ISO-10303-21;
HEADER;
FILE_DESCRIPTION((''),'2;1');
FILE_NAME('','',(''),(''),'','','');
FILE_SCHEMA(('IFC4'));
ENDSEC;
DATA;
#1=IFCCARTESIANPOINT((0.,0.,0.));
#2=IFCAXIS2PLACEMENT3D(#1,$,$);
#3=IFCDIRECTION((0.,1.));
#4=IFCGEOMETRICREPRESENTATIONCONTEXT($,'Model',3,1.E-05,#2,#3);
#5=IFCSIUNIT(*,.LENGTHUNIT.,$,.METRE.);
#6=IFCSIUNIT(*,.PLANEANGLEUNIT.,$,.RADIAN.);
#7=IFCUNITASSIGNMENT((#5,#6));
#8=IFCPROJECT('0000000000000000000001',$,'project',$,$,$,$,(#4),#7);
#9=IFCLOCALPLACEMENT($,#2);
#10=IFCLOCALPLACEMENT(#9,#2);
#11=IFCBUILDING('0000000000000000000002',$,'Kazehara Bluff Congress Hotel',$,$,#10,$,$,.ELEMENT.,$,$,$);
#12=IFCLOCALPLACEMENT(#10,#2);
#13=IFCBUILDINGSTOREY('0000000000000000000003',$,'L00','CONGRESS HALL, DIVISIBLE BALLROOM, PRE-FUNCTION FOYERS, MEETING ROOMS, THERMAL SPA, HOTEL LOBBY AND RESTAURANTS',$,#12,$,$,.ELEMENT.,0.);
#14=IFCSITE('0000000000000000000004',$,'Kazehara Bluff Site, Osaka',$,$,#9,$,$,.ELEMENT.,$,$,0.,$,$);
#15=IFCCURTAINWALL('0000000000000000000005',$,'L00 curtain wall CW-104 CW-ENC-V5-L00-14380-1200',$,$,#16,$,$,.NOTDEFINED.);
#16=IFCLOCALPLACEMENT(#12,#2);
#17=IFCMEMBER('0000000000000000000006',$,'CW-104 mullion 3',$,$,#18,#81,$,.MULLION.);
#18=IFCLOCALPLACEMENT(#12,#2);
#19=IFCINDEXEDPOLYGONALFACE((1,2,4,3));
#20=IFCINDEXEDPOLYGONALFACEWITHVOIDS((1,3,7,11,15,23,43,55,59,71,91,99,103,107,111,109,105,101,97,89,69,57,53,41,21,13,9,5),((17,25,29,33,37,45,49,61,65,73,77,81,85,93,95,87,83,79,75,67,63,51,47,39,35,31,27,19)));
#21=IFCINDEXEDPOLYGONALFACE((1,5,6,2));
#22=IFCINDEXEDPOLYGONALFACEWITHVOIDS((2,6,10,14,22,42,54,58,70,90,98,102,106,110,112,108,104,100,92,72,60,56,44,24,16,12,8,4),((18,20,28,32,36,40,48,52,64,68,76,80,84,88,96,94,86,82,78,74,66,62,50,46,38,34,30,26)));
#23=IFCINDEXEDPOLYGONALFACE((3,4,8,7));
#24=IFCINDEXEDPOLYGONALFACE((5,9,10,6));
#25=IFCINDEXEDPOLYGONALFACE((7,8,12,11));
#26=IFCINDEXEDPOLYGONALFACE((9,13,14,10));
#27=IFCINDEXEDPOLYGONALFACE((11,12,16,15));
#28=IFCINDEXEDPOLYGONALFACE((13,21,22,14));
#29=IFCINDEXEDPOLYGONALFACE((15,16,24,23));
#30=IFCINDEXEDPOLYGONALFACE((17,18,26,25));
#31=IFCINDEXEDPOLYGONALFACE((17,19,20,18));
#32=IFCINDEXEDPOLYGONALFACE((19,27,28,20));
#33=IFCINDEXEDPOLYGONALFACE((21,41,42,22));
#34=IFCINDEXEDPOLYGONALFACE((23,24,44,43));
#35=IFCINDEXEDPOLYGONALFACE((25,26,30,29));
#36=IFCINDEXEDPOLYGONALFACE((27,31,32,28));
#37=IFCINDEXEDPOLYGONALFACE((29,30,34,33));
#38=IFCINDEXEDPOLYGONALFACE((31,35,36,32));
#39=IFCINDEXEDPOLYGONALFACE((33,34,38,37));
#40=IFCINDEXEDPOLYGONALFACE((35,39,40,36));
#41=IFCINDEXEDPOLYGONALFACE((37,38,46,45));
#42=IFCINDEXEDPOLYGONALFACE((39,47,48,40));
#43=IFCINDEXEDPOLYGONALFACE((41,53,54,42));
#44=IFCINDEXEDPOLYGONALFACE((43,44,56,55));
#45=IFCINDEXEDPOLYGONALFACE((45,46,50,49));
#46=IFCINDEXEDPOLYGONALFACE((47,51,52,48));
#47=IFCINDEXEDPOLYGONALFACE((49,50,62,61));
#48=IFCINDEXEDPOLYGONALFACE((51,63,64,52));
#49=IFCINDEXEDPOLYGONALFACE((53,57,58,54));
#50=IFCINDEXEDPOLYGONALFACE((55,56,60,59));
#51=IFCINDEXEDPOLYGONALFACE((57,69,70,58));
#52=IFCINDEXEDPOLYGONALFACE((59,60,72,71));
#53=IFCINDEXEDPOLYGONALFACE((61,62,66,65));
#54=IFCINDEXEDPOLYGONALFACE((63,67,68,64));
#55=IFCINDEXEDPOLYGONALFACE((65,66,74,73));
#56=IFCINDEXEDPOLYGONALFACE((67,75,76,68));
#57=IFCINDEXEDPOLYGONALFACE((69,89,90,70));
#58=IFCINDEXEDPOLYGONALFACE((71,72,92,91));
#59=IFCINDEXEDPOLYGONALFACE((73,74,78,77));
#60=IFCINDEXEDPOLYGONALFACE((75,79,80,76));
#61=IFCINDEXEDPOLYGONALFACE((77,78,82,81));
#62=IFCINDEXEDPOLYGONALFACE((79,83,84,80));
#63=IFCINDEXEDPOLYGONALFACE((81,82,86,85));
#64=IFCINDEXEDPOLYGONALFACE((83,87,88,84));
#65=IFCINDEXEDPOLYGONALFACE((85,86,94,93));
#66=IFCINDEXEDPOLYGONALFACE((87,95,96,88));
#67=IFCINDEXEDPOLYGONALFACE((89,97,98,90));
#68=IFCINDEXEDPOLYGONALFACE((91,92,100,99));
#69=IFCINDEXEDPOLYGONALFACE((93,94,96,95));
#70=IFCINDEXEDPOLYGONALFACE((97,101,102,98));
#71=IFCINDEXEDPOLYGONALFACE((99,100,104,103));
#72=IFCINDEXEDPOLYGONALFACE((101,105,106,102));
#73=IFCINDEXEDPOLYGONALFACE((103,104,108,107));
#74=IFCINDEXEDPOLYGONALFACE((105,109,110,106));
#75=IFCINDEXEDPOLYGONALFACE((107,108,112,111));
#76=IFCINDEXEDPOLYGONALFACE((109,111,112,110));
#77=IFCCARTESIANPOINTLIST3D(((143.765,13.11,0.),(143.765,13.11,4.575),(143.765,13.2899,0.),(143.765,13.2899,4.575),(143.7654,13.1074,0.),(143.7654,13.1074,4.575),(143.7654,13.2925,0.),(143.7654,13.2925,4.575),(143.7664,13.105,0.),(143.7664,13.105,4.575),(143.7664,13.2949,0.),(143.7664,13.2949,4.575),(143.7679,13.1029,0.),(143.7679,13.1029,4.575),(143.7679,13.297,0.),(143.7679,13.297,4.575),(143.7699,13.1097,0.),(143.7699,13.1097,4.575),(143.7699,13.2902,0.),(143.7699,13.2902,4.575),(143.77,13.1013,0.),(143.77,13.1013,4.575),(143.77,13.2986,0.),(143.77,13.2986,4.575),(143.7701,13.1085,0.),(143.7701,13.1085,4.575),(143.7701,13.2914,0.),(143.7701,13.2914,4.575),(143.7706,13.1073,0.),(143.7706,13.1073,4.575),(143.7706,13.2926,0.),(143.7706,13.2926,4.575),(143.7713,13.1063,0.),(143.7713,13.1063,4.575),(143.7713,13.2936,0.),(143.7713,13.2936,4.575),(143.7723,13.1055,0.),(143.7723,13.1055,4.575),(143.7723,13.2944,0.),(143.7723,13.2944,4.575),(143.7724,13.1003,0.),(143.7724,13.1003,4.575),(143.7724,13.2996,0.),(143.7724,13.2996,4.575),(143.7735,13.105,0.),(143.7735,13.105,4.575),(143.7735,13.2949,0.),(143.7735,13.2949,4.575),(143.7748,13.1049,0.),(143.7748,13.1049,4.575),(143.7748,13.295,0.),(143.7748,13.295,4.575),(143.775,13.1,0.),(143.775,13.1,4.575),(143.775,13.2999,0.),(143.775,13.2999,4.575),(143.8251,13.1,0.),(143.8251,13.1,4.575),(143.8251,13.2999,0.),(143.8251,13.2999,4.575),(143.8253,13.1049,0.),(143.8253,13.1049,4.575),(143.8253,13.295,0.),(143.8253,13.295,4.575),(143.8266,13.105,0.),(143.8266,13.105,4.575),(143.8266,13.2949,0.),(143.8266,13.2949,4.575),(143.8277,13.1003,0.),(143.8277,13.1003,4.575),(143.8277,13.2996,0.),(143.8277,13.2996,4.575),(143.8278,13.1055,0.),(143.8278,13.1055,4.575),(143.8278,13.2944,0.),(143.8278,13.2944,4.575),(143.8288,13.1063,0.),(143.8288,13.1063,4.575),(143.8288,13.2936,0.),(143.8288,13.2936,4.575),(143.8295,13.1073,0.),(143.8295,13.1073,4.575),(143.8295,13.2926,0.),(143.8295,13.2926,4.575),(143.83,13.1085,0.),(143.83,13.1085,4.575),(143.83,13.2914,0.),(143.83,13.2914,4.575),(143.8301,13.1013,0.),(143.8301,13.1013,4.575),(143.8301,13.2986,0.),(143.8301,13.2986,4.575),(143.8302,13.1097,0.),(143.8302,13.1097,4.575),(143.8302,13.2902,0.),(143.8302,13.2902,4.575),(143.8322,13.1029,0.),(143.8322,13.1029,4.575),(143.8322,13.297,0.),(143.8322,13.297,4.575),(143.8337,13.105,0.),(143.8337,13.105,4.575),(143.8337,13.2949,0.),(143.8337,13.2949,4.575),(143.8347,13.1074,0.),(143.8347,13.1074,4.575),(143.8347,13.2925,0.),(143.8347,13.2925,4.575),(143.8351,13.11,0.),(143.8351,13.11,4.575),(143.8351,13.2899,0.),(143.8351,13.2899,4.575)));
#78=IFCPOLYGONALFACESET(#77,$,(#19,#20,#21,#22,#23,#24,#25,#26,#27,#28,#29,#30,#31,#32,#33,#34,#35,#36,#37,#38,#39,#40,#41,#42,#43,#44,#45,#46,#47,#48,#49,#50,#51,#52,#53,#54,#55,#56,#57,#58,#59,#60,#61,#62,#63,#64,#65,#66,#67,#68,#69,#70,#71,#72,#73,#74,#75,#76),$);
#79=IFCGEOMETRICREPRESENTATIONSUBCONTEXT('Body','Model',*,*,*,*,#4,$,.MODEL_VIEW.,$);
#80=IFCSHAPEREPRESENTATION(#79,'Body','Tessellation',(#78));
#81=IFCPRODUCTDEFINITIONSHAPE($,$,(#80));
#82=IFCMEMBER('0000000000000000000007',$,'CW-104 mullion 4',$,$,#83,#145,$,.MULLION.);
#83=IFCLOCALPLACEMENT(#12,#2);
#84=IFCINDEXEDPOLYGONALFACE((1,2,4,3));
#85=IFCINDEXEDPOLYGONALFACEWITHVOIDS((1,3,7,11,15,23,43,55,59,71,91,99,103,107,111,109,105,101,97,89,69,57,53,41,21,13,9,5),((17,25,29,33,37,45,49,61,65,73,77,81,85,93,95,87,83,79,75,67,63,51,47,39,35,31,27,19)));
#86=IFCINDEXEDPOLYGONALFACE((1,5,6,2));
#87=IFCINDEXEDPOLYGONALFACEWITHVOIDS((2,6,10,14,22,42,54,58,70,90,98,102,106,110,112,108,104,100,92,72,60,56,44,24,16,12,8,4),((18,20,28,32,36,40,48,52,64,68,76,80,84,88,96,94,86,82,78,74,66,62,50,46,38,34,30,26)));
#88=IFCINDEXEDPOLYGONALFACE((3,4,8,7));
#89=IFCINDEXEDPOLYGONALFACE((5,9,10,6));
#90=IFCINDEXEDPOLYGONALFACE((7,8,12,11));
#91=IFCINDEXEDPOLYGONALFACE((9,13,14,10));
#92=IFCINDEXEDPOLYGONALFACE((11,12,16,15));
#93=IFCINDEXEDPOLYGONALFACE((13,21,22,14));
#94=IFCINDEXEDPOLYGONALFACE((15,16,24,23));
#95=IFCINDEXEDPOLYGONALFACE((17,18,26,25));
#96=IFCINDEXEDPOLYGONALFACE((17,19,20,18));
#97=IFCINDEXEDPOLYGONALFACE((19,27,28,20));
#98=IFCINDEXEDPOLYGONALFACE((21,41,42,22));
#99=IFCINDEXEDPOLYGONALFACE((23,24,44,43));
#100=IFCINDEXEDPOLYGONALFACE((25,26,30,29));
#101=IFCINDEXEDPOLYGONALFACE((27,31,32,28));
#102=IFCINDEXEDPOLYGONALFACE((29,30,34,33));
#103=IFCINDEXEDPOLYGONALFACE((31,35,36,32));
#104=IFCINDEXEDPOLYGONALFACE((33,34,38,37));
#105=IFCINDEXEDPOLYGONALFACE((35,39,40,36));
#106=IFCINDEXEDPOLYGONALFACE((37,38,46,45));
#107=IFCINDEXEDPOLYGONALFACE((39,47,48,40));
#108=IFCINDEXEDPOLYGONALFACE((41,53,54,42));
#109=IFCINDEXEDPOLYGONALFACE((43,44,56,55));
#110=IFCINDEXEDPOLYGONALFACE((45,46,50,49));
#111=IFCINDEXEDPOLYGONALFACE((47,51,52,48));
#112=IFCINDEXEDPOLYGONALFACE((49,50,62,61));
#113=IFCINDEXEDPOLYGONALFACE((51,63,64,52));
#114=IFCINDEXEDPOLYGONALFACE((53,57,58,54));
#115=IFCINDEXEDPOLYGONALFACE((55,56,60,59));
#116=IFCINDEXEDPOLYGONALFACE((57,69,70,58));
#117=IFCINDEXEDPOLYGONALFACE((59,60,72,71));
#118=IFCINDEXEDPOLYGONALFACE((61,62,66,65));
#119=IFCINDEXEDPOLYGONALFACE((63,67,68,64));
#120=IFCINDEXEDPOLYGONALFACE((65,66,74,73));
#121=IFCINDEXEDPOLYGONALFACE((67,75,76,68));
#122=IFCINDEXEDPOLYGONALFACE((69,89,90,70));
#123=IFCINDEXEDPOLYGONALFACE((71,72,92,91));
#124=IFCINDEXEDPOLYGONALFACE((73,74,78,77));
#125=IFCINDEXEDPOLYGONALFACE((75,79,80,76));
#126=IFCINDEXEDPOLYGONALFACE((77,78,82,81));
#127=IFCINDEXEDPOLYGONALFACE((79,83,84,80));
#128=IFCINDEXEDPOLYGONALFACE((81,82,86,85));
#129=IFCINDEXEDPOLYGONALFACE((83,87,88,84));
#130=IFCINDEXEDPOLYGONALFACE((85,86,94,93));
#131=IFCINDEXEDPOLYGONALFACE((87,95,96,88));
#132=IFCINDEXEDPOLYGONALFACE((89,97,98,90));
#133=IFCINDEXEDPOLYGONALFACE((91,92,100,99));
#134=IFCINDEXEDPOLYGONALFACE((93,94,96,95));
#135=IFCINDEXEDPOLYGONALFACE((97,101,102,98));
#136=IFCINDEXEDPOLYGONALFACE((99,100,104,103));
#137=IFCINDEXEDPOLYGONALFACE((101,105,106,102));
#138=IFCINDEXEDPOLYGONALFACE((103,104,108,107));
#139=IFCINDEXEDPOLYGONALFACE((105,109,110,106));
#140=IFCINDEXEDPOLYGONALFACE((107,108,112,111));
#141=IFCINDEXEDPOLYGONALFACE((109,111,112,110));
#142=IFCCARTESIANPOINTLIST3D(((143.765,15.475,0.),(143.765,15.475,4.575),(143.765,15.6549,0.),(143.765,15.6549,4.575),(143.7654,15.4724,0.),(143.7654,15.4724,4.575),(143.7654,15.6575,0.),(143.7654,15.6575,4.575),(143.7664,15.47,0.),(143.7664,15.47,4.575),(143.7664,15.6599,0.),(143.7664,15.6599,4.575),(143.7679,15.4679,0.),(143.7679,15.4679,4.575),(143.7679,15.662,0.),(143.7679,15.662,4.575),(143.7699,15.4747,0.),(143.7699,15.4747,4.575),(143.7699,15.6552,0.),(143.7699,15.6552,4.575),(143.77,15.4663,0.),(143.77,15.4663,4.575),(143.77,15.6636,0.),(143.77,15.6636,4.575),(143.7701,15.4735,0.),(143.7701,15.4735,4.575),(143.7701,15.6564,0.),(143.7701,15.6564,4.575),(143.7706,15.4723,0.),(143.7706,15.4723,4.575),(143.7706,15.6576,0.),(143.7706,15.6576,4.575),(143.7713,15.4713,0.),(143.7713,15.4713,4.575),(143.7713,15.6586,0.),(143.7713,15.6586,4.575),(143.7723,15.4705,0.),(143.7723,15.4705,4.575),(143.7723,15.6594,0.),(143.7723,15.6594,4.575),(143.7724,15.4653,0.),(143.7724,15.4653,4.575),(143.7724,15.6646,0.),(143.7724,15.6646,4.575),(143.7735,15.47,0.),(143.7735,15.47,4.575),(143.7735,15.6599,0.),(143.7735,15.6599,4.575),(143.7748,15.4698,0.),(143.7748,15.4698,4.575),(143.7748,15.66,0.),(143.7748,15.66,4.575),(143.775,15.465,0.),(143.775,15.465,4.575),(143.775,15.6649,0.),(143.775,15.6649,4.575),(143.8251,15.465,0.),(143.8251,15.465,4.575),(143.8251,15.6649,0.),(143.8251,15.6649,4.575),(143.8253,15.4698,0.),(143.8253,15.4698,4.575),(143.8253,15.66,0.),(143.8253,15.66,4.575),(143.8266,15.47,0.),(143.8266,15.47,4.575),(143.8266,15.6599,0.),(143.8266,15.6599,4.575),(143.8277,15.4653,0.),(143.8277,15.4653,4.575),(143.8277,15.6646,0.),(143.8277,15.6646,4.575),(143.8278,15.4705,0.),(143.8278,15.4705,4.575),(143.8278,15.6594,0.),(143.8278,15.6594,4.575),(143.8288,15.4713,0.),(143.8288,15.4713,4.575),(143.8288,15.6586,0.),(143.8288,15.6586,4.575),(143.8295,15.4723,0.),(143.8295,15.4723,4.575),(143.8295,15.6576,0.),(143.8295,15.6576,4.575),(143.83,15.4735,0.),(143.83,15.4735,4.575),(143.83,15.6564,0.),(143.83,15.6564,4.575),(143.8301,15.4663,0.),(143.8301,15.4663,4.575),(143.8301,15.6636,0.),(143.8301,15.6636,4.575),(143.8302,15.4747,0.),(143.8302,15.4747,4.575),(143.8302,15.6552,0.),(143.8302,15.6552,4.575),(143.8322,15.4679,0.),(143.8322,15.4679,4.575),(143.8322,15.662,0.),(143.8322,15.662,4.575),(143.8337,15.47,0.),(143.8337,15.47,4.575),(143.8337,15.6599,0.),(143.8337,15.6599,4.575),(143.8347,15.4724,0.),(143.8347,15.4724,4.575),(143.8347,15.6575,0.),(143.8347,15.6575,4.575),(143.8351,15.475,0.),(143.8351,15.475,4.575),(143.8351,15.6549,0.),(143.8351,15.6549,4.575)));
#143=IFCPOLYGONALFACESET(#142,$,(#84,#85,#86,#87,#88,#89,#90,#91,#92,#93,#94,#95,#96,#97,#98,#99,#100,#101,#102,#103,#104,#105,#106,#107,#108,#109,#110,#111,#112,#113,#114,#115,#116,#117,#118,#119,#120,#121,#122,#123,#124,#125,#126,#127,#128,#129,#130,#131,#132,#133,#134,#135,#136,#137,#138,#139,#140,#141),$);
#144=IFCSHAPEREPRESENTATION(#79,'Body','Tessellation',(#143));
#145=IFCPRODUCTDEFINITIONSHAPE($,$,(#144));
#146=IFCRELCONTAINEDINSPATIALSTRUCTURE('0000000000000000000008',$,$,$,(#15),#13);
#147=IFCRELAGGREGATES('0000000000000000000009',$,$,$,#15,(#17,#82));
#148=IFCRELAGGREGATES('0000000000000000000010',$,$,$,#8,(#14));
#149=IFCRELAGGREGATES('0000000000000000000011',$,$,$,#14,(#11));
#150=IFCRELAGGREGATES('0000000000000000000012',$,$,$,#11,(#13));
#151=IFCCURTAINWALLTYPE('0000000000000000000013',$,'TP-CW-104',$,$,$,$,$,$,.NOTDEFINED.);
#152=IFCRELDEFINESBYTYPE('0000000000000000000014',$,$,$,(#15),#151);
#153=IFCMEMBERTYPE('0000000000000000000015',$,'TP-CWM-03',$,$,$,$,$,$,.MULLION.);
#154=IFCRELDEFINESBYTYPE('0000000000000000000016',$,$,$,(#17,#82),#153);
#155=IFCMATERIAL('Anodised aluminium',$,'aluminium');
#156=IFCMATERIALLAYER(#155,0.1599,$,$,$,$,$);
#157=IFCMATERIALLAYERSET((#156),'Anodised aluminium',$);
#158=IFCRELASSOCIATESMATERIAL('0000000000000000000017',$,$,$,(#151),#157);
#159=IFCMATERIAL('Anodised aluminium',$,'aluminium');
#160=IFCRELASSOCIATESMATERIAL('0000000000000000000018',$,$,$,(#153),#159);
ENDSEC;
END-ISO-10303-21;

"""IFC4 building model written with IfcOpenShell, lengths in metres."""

from ifc_helpers import new_model, si_unit, direction, frame, origin, origin_2d, place, context, subcontext, project, spatial, hollow_rectangle, extrude, material, layer, layer_set, material_profile, profile_set, type_object, element, aggregate, save


model = new_model("IFC4")

# Units and contexts
model_context = context("Model", 3, precision=1e-05, world=origin(), true_north=direction((0.0, 1.0)))
body_context = subcontext(model_context, "Body", "Model", "MODEL_VIEW")
ifc_project = project(units=[si_unit("LENGTHUNIT", "METRE"), si_unit("PLANEANGLEUNIT", "RADIAN")], contexts=[model_context])

# Site, building, storey
site_placement = place(None, origin())
site = spatial("IfcSite", under=ifc_project, at=site_placement, Name="Kazehara Bluff Site, Osaka", CompositionType="ELEMENT", RefElevation=0.0)
building_placement = place(site_placement, origin())
building = spatial("IfcBuilding", under=site, at=building_placement, Name="Kazehara Bluff Congress Hotel", CompositionType="ELEMENT")
storey_placement = place(building_placement, origin())
storey = spatial("IfcBuildingStorey", under=building, at=storey_placement, Name="L00", Description="CONGRESS HALL, DIVISIBLE BALLROOM, PRE-FUNCTION FOYERS, MEETING ROOMS, THERMAL SPA, HOTEL LOBBY AND RESTAURANTS", CompositionType="ELEMENT", Elevation=0.0)

# Curtain wall, members
ifc_material_1 = material(Name="Anodised aluminium", Category="aluminium")
ifc_layer_1 = layer(ifc_material_1, 0.1599)
ifc_layer_set_1 = layer_set([ifc_layer_1], Name="Anodised aluminium")
curtain_wall_type = type_object("IfcCurtainWallType", Name="TP-CW-104", PredefinedType="NOTDEFINED", material=ifc_layer_set_1)
curtain_wall_placement = place(storey_placement, origin())
curtain_wall = element("IfcCurtainWall", 1, at=curtain_wall_placement, inside=storey, type_object=curtain_wall_type, Name="L00 curtain wall CW-104 CW-ENC-V5-L00-14380-1200", PredefinedType="NOTDEFINED")
ifc_material_2 = material(Name="Anodised aluminium", Category="aluminium")
ifc_material_profile_1 = material_profile(ifc_material_2, hollow_rectangle(XDim=0.0701, YDim=0.2, WallThickness=0.0049, InnerFilletRadius=0.0049, OuterFilletRadius=0.01, at=origin_2d()))
ifc_profile_set_1 = profile_set([ifc_material_profile_1], Name="Anodised aluminium")
member_type_1 = type_object("IfcMemberType", Name="TP-CWM-03", PredefinedType="MULLION", material=ifc_profile_set_1)
member_1_placement = place(storey_placement, frame((143.8, 13.2, 0.0), z_axis=(0.0, 0.0, 1.0), x_axis=(-1.0, 0.0, 0.0)))
member_1 = element("IfcMember", 2, at=member_1_placement, type_object=member_type_1, Name="CW-104 mullion 3", PredefinedType="MULLION", context=body_context, shape_type="SweptSolid", body=[
    extrude(hollow_rectangle(XDim=0.0701, YDim=0.2, WallThickness=0.0049, InnerFilletRadius=0.0049, OuterFilletRadius=0.01, at=origin_2d()), origin(), (0.0, 0.0, 1.0), 4.575),
])
member_2_placement = place(storey_placement, frame((143.8, 15.5649, 0.0), z_axis=(0.0, 0.0, 1.0), x_axis=(-1.0, 0.0, 0.0)))
member_2 = element("IfcMember", 3, at=member_2_placement, type_object=member_type_1, Name="CW-104 mullion 4", PredefinedType="MULLION", context=body_context, shape_type="SweptSolid", body=[
    extrude(hollow_rectangle(XDim=0.0701, YDim=0.2, WallThickness=0.0049, InnerFilletRadius=0.0049, OuterFilletRadius=0.01, at=origin_2d()), origin(), (0.0, 0.0, 1.0), 4.575),
])

aggregate(curtain_wall, [member_1, member_2])

save(model, "model.ifc")
